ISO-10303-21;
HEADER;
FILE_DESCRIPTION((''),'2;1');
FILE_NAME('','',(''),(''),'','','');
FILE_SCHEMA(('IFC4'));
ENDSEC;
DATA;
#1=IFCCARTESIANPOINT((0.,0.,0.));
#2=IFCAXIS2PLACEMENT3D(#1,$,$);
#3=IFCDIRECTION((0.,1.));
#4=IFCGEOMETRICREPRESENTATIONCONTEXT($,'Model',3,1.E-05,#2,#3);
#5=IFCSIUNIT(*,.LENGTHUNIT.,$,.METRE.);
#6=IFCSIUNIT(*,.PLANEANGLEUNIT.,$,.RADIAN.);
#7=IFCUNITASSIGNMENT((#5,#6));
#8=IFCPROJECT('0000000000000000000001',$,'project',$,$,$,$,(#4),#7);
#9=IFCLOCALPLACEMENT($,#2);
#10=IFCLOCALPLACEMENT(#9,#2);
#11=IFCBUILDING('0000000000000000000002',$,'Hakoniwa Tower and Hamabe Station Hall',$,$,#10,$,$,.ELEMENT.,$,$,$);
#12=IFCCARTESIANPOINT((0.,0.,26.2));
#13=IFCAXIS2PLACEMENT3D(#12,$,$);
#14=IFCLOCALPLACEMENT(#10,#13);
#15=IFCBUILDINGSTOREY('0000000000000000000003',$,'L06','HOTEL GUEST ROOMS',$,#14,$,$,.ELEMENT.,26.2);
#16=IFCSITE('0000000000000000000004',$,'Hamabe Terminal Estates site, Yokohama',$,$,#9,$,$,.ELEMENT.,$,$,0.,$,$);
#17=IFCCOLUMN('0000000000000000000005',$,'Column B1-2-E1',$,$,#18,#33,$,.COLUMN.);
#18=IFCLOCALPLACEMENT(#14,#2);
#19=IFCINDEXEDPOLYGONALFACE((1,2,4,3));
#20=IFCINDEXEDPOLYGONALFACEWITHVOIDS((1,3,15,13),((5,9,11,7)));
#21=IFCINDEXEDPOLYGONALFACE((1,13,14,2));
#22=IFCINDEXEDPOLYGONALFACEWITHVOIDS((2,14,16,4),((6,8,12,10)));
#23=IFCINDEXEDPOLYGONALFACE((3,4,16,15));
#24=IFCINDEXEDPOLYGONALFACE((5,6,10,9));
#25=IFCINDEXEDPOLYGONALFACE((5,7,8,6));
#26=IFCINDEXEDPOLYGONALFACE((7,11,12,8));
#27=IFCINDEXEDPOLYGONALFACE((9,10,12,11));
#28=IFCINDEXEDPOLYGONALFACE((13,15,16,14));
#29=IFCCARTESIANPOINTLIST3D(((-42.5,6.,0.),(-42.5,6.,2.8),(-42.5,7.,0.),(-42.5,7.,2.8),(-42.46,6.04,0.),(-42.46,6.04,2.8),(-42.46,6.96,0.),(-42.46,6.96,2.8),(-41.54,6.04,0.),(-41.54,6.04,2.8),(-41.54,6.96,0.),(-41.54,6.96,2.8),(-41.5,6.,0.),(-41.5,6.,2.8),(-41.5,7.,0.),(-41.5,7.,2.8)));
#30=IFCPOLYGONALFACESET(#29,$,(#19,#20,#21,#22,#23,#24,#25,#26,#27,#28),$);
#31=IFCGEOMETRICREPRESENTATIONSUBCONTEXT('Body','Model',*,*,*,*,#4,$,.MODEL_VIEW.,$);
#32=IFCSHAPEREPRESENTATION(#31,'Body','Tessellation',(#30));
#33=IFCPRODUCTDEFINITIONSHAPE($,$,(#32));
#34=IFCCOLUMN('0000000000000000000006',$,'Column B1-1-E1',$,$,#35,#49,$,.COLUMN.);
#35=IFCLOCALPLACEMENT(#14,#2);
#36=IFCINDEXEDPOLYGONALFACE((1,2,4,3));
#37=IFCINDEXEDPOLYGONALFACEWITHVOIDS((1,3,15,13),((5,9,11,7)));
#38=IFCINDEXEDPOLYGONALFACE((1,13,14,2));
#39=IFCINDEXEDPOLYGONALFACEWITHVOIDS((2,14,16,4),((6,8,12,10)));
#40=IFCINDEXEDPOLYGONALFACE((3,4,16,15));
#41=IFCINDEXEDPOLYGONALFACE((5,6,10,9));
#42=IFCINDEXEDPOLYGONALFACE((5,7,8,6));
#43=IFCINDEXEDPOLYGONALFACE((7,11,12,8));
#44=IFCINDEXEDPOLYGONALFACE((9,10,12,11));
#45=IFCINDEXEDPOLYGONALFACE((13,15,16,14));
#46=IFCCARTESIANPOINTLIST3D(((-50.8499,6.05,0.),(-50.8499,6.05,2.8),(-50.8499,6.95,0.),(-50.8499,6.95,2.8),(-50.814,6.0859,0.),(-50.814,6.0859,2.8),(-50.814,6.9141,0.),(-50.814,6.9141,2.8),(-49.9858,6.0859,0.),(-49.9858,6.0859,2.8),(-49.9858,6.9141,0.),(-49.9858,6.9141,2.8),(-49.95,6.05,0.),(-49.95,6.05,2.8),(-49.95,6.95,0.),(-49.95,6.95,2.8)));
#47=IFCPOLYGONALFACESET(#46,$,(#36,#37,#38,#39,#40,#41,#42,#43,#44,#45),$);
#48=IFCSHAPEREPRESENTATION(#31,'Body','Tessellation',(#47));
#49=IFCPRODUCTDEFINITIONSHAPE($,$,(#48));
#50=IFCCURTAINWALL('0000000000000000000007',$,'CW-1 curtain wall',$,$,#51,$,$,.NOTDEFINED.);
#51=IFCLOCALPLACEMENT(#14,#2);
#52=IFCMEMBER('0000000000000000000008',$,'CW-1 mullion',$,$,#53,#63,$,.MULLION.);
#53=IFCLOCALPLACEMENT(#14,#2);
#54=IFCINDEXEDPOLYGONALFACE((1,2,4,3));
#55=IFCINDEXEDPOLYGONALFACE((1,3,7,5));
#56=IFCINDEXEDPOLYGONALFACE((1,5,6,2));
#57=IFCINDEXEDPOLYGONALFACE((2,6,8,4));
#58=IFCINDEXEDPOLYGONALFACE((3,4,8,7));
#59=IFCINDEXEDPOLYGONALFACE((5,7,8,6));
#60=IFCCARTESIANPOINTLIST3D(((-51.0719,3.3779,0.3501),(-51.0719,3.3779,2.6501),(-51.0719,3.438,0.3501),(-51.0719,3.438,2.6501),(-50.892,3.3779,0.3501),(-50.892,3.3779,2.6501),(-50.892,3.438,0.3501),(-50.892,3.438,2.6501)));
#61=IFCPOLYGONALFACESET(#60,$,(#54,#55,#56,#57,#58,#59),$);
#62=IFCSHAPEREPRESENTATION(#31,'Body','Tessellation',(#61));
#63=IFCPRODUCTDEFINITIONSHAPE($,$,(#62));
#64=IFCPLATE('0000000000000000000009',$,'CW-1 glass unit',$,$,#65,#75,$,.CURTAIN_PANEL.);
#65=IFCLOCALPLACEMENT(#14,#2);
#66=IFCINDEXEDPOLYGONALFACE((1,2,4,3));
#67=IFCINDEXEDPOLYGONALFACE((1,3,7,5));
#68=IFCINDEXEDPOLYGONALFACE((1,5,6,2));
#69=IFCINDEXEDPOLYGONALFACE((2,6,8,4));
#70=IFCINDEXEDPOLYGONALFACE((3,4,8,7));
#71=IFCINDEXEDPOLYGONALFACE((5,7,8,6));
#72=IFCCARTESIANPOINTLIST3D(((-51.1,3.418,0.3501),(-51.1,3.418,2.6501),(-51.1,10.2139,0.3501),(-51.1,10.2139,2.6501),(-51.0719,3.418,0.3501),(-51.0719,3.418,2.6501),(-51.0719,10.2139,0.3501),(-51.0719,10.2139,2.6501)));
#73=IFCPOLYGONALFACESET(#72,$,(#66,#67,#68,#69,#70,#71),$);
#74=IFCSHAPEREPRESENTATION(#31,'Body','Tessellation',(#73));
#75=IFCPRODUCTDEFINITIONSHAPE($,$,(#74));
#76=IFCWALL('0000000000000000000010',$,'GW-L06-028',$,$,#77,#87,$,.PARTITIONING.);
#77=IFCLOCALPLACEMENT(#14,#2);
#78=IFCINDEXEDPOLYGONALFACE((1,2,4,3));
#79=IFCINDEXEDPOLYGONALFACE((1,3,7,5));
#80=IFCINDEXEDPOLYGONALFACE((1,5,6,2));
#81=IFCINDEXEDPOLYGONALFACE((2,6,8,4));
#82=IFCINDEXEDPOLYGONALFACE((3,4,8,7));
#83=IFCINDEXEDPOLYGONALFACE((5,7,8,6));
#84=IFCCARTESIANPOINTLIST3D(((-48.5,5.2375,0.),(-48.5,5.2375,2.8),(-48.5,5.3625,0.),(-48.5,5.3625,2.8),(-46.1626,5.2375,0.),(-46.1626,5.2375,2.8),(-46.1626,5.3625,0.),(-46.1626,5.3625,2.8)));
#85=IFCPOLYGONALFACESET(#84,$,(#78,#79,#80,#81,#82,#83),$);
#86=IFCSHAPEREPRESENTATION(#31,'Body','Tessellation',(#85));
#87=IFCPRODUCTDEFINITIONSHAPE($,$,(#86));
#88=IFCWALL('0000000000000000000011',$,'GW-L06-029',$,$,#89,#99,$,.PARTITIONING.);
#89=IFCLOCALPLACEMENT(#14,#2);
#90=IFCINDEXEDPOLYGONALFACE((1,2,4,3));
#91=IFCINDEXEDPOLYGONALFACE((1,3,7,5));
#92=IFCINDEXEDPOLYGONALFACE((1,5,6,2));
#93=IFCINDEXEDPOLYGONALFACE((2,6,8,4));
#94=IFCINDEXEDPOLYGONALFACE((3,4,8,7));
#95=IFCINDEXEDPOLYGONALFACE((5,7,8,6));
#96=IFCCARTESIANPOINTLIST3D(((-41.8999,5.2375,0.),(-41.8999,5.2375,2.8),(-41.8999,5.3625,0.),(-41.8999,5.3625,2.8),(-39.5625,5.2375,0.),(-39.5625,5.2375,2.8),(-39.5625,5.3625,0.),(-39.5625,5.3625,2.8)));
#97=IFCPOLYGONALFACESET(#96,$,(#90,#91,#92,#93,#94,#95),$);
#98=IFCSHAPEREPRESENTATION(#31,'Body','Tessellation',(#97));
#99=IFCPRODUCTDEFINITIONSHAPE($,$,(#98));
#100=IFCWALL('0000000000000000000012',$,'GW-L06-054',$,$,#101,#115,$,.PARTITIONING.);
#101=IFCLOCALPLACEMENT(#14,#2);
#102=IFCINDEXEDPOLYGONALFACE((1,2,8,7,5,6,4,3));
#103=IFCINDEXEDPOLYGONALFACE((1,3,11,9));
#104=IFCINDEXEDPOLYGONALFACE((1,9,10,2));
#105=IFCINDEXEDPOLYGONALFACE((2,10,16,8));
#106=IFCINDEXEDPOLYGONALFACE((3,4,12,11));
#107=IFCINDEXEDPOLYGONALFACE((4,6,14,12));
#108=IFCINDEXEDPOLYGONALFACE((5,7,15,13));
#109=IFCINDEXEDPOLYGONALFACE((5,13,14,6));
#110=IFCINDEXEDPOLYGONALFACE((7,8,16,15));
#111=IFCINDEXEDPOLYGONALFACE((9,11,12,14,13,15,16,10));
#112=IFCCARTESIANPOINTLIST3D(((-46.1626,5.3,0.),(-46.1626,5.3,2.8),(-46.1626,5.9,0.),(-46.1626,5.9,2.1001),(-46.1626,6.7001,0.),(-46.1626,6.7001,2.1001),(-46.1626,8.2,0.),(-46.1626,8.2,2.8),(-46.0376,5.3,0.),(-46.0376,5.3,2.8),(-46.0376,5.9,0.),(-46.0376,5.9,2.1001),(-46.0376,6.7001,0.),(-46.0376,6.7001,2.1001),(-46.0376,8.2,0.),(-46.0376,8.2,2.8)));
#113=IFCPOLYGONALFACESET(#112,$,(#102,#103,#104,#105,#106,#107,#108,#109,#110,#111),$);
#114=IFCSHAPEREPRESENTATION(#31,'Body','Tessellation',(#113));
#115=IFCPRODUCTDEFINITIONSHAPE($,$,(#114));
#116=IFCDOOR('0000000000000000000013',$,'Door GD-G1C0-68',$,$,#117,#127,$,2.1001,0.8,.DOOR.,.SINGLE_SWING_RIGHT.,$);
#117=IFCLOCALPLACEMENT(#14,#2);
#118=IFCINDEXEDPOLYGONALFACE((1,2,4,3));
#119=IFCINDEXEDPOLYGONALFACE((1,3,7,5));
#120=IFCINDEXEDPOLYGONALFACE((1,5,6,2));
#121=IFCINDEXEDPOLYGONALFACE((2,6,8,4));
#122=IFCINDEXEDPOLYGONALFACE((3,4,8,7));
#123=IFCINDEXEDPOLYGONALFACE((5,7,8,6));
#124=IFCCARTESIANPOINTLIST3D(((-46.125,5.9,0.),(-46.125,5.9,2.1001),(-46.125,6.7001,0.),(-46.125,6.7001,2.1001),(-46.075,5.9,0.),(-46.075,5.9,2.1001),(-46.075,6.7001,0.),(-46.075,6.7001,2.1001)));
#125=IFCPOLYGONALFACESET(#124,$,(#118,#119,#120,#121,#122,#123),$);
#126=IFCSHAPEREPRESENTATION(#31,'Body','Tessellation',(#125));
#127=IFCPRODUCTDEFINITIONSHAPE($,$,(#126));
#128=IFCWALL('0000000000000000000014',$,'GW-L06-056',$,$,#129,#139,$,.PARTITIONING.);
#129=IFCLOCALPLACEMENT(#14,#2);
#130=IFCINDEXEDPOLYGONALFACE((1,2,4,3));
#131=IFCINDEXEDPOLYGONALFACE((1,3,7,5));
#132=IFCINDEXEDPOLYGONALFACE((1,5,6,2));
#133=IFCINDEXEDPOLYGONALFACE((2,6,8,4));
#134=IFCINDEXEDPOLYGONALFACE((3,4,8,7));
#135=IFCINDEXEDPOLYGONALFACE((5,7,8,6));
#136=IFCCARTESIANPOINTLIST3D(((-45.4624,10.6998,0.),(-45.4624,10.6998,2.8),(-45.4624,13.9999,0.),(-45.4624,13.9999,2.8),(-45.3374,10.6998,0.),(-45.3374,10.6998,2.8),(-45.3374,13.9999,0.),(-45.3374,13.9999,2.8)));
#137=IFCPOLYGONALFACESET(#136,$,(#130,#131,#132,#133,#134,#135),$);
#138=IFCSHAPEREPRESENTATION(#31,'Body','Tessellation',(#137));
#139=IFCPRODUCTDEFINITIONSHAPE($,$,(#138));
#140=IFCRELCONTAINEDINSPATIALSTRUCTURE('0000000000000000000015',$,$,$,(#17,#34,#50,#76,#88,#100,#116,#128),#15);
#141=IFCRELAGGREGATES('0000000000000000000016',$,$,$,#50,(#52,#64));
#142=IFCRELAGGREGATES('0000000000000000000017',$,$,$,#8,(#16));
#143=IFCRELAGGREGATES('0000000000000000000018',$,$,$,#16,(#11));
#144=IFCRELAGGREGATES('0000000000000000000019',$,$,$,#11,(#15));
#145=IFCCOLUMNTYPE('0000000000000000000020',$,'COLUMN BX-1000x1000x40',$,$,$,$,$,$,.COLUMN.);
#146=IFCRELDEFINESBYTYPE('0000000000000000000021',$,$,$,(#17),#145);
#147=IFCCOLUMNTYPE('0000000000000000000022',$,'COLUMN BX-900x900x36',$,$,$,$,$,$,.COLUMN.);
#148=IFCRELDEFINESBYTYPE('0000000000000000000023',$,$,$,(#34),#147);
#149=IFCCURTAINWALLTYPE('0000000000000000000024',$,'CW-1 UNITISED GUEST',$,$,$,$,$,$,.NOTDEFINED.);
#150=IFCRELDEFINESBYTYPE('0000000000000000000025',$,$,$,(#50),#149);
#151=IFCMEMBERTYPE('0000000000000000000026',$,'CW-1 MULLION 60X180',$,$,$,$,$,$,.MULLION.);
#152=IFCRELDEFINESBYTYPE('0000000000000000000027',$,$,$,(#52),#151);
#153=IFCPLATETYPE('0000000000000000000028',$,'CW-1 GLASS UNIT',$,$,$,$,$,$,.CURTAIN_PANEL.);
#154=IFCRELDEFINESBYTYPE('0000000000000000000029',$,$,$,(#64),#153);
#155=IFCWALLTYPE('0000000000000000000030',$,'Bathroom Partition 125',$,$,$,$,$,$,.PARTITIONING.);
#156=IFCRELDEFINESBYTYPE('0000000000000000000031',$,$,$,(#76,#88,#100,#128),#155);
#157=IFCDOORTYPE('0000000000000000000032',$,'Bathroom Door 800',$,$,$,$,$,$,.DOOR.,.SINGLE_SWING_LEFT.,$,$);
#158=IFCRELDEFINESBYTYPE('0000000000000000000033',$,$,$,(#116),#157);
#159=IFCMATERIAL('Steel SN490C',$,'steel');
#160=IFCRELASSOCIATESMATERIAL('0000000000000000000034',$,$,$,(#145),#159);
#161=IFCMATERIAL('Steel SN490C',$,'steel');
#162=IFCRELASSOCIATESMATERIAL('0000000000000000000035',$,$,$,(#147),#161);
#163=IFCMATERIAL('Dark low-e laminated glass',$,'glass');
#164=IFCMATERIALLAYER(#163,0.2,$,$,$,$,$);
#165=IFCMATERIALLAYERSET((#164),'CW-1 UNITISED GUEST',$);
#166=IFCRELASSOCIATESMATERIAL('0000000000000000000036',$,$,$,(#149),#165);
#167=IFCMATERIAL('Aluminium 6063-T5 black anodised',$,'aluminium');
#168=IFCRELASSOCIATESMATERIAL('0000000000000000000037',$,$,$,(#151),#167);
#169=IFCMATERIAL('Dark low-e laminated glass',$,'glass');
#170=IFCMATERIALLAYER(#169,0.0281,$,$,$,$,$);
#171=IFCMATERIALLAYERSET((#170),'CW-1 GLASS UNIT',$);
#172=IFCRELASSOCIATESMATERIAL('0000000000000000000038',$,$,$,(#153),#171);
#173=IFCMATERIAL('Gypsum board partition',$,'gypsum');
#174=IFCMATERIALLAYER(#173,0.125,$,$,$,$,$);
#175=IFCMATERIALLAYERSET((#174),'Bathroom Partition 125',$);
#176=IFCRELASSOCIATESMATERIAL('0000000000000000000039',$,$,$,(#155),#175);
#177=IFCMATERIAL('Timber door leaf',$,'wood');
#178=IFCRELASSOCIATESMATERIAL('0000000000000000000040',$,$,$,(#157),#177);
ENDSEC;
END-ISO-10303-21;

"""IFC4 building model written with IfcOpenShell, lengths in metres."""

from ifc_helpers import new_model, si_unit, direction, frame, frame_2d, origin, origin_2d, place, context, subcontext, project, spatial, rectangle, hollow_rectangle, extrude, material, layer, layer_set, material_profile, profile_set, type_object, element, fill, aggregate, save


model = new_model("IFC4")

# Units and contexts
model_context = context("Model", 3, precision=1e-05, world=origin(), true_north=direction((0.0, 1.0)))
body_context = subcontext(model_context, "Body", "Model", "MODEL_VIEW")
ifc_project = project(units=[si_unit("LENGTHUNIT", "METRE"), si_unit("PLANEANGLEUNIT", "RADIAN")], contexts=[model_context])

# Site, building, storey
site_placement = place(None, origin())
site = spatial("IfcSite", under=ifc_project, at=site_placement, Name="Hamabe Terminal Estates site, Yokohama", CompositionType="ELEMENT", RefElevation=0.0)
building_placement = place(site_placement, origin())
building = spatial("IfcBuilding", under=site, at=building_placement, Name="Hakoniwa Tower and Hamabe Station Hall", CompositionType="ELEMENT")
storey_placement = place(building_placement, frame((0.0, 0.0, 26.2)))
storey = spatial("IfcBuildingStorey", under=building, at=storey_placement, Name="L06", Description="HOTEL GUEST ROOMS", CompositionType="ELEMENT", Elevation=26.2)

# Columns
ifc_material_1 = material(Name="Steel SN490C", Category="steel")
ifc_material_profile_1 = material_profile(ifc_material_1, hollow_rectangle(XDim=1.0, YDim=1.0, WallThickness=0.04, at=origin_2d()), Name="BX-1000x1000x40")
ifc_profile_set_1 = profile_set([ifc_material_profile_1], Name="Steel SN490C")
column_type_1 = type_object("IfcColumnType", Name="COLUMN BX-1000x1000x40", PredefinedType="COLUMN", material=ifc_profile_set_1)
column_1_placement = place(storey_placement, frame((-42.0, 6.5, 0.0), z_axis=(0.0, 0.0, 1.0), x_axis=(1.0, 0.0, 0.0)))
element("IfcColumn", 1, at=column_1_placement, inside=storey, type_object=column_type_1, Name="Column B1-2-E1", PredefinedType="COLUMN", context=body_context, shape_type="SweptSolid", body=[
    extrude(hollow_rectangle(XDim=1.0, YDim=1.0, WallThickness=0.04, at=origin_2d()), origin(), (0.0, 0.0, 1.0), 2.8),
])
ifc_material_2 = material(Name="Steel SN490C", Category="steel")
ifc_material_profile_2 = material_profile(ifc_material_2, hollow_rectangle(XDim=0.8999, YDim=0.8999, WallThickness=0.0359, at=origin_2d()), Name="BX-900x900x36")
ifc_profile_set_2 = profile_set([ifc_material_profile_2], Name="Steel SN490C")
column_type_2 = type_object("IfcColumnType", Name="COLUMN BX-900x900x36", PredefinedType="COLUMN", material=ifc_profile_set_2)
column_2_placement = place(storey_placement, frame((-50.3999, 6.5, 0.0), z_axis=(0.0, 0.0, 1.0), x_axis=(1.0, 0.0, 0.0)))
element("IfcColumn", 2, at=column_2_placement, inside=storey, type_object=column_type_2, Name="Column B1-1-E1", PredefinedType="COLUMN", context=body_context, shape_type="SweptSolid", body=[
    extrude(hollow_rectangle(XDim=0.8999, YDim=0.8999, WallThickness=0.0359, at=origin_2d()), origin(), (0.0, 0.0, 1.0), 2.8),
])

# Curtain wall, member, plate
ifc_material_3 = material(Name="Dark low-e laminated glass", Category="glass")
ifc_layer_1 = layer(ifc_material_3, 0.2)
ifc_layer_set_1 = layer_set([ifc_layer_1], Name="CW-1 UNITISED GUEST")
curtain_wall_type = type_object("IfcCurtainWallType", Name="CW-1 UNITISED GUEST", PredefinedType="NOTDEFINED", material=ifc_layer_set_1)
curtain_wall_placement = place(storey_placement, origin())
curtain_wall = element("IfcCurtainWall", 3, at=curtain_wall_placement, inside=storey, type_object=curtain_wall_type, Name="CW-1 curtain wall", PredefinedType="NOTDEFINED")
ifc_material_4 = material(Name="Aluminium 6063-T5 black anodised", Category="aluminium")
ifc_material_profile_3 = material_profile(ifc_material_4, rectangle(XDim=0.0601, YDim=0.1799, at=origin_2d()), Name="CW-1 MULLION 60X180")
ifc_profile_set_3 = profile_set([ifc_material_profile_3], Name="Aluminium 6063-T5 black anodised")
member_type = type_object("IfcMemberType", Name="CW-1 MULLION 60X180", PredefinedType="MULLION", material=ifc_profile_set_3)
member_placement = place(storey_placement, frame((-50.9819, 3.408, 0.3501), z_axis=(0.0, 0.0, 1.0), x_axis=(0.0, -1.0, 0.0)))
member = element("IfcMember", 4, at=member_placement, type_object=member_type, Name="CW-1 mullion", PredefinedType="MULLION", context=body_context, shape_type="SweptSolid", body=[
    extrude(rectangle(XDim=0.0601, YDim=0.1799, at=origin_2d()), origin(), (0.0, 0.0, 1.0), 2.3),
])
ifc_material_5 = material(Name="Dark low-e laminated glass", Category="glass")
ifc_layer_2 = layer(ifc_material_5, 0.0281)
ifc_layer_set_2 = layer_set([ifc_layer_2], Name="CW-1 GLASS UNIT")
plate_type = type_object("IfcPlateType", Name="CW-1 GLASS UNIT", PredefinedType="CURTAIN_PANEL", material=ifc_layer_set_2)
plate_placement = place(storey_placement, frame((-51.0859, 6.8159, 0.3501), z_axis=(0.0, 0.0, 1.0), x_axis=(0.0, -1.0, 0.0)))
plate = element("IfcPlate", 5, at=plate_placement, type_object=plate_type, Name="CW-1 glass unit", PredefinedType="CURTAIN_PANEL", context=body_context, shape_type="SweptSolid", body=[
    extrude(rectangle(XDim=6.7959, YDim=0.0281, at=origin_2d()), origin(), (0.0, 0.0, 1.0), 2.3),
])
aggregate(curtain_wall, [member, plate])

# Walls
ifc_material_6 = material(Name="Gypsum board partition", Category="gypsum")
ifc_layer_3 = layer(ifc_material_6, 0.125)
ifc_layer_set_3 = layer_set([ifc_layer_3], Name="Bathroom Partition 125")
wall_type_1 = type_object("IfcWallType", Name="Bathroom Partition 125", PredefinedType="PARTITIONING", material=ifc_layer_set_3)
for number, where, z_axis, x_axis, name in (
    (6, (-48.5, 5.3, 0.0), (0.0, 0.0, 1.0), (1.0, 0.0, 0.0), "GW-L06-028"),
    (7, (-41.8999, 5.3, 0.0), (0.0, 0.0, 1.0), (1.0, 0.0, 0.0), "GW-L06-029"),
):
    element("IfcWall", number, at=place(storey_placement, frame(where, z_axis=z_axis, x_axis=x_axis)), inside=storey, type_object=wall_type_1, Name=name, PredefinedType="PARTITIONING", context=body_context, shape_type="SweptSolid", body=[
        extrude(rectangle(XDim=2.3374, YDim=0.125, at=frame_2d((1.1687, 0.0))), origin(), (0.0, 0.0, 1.0), 2.8),
    ])

# Wall, opening, door
wall_1_placement = place(storey_placement, frame((-46.1001, 5.3, 0.0), z_axis=(0.0, 0.0, 1.0), x_axis=(0.0, 1.0, 0.0)))
wall_1 = element("IfcWall", 8, at=wall_1_placement, inside=storey, type_object=wall_type_1, Name="GW-L06-054", PredefinedType="PARTITIONING", context=body_context, shape_type="SweptSolid", body=[
    extrude(rectangle(XDim=2.8999, YDim=0.125, at=frame_2d((1.45, 0.0))), origin(), (0.0, 0.0, 1.0), 2.8),
])
opening_1_placement = place(wall_1_placement, frame((0.6001, 0.0, 0.0)))
opening_1 = element("IfcOpeningElement", 9, at=opening_1_placement, cuts=wall_1, PredefinedType="OPENING", context=body_context, shape_type="SweptSolid", body=[
    extrude(rectangle(XDim=0.8, YDim=2.1001, at=frame_2d((0.3999, 1.05))), frame((0.0, 0.0725, 0.0), z_axis=(0.0, -1.0, 0.0), x_axis=(1.0, 0.0, 0.0)), (0.0, 0.0, 1.0), 0.145),
])
ifc_material_7 = material(Name="Timber door leaf", Category="wood")
door_type_1 = type_object("IfcDoorType", Name="Bathroom Door 800", OperationType="SINGLE_SWING_LEFT", PredefinedType="DOOR", material=ifc_material_7)
door_1_placement = place(opening_1_placement, origin())
door_1 = element("IfcDoor", 10, at=door_1_placement, inside=storey, type_object=door_type_1, Name="Door GD-G1C0-68", OperationType="SINGLE_SWING_RIGHT", OverallHeight=2.1001, OverallWidth=0.8, PredefinedType="DOOR", context=body_context, shape_type="SweptSolid", body=[
    extrude(rectangle(XDim=0.8, YDim=2.1001, at=frame_2d((0.3999, 1.05))), frame((0.0, 0.0249, 0.0), z_axis=(0.0, -1.0, 0.0), x_axis=(1.0, 0.0, 0.0)), (0.0, 0.0, 1.0), 0.05),
])
fill(opening_1, door_1)

# Wall
wall_2_placement = place(storey_placement, frame((-45.3999, 10.7, 0.0), z_axis=(0.0, 0.0, 1.0), x_axis=(0.0, 1.0, 0.0)))
element("IfcWall", 11, at=wall_2_placement, inside=storey, type_object=wall_type_1, Name="GW-L06-056", PredefinedType="PARTITIONING", context=body_context, shape_type="SweptSolid", body=[
    extrude(rectangle(XDim=3.3, YDim=0.125, at=frame_2d((1.6499, 0.0))), origin(), (0.0, 0.0, 1.0), 2.8),
])

save(model, "model.ifc")
